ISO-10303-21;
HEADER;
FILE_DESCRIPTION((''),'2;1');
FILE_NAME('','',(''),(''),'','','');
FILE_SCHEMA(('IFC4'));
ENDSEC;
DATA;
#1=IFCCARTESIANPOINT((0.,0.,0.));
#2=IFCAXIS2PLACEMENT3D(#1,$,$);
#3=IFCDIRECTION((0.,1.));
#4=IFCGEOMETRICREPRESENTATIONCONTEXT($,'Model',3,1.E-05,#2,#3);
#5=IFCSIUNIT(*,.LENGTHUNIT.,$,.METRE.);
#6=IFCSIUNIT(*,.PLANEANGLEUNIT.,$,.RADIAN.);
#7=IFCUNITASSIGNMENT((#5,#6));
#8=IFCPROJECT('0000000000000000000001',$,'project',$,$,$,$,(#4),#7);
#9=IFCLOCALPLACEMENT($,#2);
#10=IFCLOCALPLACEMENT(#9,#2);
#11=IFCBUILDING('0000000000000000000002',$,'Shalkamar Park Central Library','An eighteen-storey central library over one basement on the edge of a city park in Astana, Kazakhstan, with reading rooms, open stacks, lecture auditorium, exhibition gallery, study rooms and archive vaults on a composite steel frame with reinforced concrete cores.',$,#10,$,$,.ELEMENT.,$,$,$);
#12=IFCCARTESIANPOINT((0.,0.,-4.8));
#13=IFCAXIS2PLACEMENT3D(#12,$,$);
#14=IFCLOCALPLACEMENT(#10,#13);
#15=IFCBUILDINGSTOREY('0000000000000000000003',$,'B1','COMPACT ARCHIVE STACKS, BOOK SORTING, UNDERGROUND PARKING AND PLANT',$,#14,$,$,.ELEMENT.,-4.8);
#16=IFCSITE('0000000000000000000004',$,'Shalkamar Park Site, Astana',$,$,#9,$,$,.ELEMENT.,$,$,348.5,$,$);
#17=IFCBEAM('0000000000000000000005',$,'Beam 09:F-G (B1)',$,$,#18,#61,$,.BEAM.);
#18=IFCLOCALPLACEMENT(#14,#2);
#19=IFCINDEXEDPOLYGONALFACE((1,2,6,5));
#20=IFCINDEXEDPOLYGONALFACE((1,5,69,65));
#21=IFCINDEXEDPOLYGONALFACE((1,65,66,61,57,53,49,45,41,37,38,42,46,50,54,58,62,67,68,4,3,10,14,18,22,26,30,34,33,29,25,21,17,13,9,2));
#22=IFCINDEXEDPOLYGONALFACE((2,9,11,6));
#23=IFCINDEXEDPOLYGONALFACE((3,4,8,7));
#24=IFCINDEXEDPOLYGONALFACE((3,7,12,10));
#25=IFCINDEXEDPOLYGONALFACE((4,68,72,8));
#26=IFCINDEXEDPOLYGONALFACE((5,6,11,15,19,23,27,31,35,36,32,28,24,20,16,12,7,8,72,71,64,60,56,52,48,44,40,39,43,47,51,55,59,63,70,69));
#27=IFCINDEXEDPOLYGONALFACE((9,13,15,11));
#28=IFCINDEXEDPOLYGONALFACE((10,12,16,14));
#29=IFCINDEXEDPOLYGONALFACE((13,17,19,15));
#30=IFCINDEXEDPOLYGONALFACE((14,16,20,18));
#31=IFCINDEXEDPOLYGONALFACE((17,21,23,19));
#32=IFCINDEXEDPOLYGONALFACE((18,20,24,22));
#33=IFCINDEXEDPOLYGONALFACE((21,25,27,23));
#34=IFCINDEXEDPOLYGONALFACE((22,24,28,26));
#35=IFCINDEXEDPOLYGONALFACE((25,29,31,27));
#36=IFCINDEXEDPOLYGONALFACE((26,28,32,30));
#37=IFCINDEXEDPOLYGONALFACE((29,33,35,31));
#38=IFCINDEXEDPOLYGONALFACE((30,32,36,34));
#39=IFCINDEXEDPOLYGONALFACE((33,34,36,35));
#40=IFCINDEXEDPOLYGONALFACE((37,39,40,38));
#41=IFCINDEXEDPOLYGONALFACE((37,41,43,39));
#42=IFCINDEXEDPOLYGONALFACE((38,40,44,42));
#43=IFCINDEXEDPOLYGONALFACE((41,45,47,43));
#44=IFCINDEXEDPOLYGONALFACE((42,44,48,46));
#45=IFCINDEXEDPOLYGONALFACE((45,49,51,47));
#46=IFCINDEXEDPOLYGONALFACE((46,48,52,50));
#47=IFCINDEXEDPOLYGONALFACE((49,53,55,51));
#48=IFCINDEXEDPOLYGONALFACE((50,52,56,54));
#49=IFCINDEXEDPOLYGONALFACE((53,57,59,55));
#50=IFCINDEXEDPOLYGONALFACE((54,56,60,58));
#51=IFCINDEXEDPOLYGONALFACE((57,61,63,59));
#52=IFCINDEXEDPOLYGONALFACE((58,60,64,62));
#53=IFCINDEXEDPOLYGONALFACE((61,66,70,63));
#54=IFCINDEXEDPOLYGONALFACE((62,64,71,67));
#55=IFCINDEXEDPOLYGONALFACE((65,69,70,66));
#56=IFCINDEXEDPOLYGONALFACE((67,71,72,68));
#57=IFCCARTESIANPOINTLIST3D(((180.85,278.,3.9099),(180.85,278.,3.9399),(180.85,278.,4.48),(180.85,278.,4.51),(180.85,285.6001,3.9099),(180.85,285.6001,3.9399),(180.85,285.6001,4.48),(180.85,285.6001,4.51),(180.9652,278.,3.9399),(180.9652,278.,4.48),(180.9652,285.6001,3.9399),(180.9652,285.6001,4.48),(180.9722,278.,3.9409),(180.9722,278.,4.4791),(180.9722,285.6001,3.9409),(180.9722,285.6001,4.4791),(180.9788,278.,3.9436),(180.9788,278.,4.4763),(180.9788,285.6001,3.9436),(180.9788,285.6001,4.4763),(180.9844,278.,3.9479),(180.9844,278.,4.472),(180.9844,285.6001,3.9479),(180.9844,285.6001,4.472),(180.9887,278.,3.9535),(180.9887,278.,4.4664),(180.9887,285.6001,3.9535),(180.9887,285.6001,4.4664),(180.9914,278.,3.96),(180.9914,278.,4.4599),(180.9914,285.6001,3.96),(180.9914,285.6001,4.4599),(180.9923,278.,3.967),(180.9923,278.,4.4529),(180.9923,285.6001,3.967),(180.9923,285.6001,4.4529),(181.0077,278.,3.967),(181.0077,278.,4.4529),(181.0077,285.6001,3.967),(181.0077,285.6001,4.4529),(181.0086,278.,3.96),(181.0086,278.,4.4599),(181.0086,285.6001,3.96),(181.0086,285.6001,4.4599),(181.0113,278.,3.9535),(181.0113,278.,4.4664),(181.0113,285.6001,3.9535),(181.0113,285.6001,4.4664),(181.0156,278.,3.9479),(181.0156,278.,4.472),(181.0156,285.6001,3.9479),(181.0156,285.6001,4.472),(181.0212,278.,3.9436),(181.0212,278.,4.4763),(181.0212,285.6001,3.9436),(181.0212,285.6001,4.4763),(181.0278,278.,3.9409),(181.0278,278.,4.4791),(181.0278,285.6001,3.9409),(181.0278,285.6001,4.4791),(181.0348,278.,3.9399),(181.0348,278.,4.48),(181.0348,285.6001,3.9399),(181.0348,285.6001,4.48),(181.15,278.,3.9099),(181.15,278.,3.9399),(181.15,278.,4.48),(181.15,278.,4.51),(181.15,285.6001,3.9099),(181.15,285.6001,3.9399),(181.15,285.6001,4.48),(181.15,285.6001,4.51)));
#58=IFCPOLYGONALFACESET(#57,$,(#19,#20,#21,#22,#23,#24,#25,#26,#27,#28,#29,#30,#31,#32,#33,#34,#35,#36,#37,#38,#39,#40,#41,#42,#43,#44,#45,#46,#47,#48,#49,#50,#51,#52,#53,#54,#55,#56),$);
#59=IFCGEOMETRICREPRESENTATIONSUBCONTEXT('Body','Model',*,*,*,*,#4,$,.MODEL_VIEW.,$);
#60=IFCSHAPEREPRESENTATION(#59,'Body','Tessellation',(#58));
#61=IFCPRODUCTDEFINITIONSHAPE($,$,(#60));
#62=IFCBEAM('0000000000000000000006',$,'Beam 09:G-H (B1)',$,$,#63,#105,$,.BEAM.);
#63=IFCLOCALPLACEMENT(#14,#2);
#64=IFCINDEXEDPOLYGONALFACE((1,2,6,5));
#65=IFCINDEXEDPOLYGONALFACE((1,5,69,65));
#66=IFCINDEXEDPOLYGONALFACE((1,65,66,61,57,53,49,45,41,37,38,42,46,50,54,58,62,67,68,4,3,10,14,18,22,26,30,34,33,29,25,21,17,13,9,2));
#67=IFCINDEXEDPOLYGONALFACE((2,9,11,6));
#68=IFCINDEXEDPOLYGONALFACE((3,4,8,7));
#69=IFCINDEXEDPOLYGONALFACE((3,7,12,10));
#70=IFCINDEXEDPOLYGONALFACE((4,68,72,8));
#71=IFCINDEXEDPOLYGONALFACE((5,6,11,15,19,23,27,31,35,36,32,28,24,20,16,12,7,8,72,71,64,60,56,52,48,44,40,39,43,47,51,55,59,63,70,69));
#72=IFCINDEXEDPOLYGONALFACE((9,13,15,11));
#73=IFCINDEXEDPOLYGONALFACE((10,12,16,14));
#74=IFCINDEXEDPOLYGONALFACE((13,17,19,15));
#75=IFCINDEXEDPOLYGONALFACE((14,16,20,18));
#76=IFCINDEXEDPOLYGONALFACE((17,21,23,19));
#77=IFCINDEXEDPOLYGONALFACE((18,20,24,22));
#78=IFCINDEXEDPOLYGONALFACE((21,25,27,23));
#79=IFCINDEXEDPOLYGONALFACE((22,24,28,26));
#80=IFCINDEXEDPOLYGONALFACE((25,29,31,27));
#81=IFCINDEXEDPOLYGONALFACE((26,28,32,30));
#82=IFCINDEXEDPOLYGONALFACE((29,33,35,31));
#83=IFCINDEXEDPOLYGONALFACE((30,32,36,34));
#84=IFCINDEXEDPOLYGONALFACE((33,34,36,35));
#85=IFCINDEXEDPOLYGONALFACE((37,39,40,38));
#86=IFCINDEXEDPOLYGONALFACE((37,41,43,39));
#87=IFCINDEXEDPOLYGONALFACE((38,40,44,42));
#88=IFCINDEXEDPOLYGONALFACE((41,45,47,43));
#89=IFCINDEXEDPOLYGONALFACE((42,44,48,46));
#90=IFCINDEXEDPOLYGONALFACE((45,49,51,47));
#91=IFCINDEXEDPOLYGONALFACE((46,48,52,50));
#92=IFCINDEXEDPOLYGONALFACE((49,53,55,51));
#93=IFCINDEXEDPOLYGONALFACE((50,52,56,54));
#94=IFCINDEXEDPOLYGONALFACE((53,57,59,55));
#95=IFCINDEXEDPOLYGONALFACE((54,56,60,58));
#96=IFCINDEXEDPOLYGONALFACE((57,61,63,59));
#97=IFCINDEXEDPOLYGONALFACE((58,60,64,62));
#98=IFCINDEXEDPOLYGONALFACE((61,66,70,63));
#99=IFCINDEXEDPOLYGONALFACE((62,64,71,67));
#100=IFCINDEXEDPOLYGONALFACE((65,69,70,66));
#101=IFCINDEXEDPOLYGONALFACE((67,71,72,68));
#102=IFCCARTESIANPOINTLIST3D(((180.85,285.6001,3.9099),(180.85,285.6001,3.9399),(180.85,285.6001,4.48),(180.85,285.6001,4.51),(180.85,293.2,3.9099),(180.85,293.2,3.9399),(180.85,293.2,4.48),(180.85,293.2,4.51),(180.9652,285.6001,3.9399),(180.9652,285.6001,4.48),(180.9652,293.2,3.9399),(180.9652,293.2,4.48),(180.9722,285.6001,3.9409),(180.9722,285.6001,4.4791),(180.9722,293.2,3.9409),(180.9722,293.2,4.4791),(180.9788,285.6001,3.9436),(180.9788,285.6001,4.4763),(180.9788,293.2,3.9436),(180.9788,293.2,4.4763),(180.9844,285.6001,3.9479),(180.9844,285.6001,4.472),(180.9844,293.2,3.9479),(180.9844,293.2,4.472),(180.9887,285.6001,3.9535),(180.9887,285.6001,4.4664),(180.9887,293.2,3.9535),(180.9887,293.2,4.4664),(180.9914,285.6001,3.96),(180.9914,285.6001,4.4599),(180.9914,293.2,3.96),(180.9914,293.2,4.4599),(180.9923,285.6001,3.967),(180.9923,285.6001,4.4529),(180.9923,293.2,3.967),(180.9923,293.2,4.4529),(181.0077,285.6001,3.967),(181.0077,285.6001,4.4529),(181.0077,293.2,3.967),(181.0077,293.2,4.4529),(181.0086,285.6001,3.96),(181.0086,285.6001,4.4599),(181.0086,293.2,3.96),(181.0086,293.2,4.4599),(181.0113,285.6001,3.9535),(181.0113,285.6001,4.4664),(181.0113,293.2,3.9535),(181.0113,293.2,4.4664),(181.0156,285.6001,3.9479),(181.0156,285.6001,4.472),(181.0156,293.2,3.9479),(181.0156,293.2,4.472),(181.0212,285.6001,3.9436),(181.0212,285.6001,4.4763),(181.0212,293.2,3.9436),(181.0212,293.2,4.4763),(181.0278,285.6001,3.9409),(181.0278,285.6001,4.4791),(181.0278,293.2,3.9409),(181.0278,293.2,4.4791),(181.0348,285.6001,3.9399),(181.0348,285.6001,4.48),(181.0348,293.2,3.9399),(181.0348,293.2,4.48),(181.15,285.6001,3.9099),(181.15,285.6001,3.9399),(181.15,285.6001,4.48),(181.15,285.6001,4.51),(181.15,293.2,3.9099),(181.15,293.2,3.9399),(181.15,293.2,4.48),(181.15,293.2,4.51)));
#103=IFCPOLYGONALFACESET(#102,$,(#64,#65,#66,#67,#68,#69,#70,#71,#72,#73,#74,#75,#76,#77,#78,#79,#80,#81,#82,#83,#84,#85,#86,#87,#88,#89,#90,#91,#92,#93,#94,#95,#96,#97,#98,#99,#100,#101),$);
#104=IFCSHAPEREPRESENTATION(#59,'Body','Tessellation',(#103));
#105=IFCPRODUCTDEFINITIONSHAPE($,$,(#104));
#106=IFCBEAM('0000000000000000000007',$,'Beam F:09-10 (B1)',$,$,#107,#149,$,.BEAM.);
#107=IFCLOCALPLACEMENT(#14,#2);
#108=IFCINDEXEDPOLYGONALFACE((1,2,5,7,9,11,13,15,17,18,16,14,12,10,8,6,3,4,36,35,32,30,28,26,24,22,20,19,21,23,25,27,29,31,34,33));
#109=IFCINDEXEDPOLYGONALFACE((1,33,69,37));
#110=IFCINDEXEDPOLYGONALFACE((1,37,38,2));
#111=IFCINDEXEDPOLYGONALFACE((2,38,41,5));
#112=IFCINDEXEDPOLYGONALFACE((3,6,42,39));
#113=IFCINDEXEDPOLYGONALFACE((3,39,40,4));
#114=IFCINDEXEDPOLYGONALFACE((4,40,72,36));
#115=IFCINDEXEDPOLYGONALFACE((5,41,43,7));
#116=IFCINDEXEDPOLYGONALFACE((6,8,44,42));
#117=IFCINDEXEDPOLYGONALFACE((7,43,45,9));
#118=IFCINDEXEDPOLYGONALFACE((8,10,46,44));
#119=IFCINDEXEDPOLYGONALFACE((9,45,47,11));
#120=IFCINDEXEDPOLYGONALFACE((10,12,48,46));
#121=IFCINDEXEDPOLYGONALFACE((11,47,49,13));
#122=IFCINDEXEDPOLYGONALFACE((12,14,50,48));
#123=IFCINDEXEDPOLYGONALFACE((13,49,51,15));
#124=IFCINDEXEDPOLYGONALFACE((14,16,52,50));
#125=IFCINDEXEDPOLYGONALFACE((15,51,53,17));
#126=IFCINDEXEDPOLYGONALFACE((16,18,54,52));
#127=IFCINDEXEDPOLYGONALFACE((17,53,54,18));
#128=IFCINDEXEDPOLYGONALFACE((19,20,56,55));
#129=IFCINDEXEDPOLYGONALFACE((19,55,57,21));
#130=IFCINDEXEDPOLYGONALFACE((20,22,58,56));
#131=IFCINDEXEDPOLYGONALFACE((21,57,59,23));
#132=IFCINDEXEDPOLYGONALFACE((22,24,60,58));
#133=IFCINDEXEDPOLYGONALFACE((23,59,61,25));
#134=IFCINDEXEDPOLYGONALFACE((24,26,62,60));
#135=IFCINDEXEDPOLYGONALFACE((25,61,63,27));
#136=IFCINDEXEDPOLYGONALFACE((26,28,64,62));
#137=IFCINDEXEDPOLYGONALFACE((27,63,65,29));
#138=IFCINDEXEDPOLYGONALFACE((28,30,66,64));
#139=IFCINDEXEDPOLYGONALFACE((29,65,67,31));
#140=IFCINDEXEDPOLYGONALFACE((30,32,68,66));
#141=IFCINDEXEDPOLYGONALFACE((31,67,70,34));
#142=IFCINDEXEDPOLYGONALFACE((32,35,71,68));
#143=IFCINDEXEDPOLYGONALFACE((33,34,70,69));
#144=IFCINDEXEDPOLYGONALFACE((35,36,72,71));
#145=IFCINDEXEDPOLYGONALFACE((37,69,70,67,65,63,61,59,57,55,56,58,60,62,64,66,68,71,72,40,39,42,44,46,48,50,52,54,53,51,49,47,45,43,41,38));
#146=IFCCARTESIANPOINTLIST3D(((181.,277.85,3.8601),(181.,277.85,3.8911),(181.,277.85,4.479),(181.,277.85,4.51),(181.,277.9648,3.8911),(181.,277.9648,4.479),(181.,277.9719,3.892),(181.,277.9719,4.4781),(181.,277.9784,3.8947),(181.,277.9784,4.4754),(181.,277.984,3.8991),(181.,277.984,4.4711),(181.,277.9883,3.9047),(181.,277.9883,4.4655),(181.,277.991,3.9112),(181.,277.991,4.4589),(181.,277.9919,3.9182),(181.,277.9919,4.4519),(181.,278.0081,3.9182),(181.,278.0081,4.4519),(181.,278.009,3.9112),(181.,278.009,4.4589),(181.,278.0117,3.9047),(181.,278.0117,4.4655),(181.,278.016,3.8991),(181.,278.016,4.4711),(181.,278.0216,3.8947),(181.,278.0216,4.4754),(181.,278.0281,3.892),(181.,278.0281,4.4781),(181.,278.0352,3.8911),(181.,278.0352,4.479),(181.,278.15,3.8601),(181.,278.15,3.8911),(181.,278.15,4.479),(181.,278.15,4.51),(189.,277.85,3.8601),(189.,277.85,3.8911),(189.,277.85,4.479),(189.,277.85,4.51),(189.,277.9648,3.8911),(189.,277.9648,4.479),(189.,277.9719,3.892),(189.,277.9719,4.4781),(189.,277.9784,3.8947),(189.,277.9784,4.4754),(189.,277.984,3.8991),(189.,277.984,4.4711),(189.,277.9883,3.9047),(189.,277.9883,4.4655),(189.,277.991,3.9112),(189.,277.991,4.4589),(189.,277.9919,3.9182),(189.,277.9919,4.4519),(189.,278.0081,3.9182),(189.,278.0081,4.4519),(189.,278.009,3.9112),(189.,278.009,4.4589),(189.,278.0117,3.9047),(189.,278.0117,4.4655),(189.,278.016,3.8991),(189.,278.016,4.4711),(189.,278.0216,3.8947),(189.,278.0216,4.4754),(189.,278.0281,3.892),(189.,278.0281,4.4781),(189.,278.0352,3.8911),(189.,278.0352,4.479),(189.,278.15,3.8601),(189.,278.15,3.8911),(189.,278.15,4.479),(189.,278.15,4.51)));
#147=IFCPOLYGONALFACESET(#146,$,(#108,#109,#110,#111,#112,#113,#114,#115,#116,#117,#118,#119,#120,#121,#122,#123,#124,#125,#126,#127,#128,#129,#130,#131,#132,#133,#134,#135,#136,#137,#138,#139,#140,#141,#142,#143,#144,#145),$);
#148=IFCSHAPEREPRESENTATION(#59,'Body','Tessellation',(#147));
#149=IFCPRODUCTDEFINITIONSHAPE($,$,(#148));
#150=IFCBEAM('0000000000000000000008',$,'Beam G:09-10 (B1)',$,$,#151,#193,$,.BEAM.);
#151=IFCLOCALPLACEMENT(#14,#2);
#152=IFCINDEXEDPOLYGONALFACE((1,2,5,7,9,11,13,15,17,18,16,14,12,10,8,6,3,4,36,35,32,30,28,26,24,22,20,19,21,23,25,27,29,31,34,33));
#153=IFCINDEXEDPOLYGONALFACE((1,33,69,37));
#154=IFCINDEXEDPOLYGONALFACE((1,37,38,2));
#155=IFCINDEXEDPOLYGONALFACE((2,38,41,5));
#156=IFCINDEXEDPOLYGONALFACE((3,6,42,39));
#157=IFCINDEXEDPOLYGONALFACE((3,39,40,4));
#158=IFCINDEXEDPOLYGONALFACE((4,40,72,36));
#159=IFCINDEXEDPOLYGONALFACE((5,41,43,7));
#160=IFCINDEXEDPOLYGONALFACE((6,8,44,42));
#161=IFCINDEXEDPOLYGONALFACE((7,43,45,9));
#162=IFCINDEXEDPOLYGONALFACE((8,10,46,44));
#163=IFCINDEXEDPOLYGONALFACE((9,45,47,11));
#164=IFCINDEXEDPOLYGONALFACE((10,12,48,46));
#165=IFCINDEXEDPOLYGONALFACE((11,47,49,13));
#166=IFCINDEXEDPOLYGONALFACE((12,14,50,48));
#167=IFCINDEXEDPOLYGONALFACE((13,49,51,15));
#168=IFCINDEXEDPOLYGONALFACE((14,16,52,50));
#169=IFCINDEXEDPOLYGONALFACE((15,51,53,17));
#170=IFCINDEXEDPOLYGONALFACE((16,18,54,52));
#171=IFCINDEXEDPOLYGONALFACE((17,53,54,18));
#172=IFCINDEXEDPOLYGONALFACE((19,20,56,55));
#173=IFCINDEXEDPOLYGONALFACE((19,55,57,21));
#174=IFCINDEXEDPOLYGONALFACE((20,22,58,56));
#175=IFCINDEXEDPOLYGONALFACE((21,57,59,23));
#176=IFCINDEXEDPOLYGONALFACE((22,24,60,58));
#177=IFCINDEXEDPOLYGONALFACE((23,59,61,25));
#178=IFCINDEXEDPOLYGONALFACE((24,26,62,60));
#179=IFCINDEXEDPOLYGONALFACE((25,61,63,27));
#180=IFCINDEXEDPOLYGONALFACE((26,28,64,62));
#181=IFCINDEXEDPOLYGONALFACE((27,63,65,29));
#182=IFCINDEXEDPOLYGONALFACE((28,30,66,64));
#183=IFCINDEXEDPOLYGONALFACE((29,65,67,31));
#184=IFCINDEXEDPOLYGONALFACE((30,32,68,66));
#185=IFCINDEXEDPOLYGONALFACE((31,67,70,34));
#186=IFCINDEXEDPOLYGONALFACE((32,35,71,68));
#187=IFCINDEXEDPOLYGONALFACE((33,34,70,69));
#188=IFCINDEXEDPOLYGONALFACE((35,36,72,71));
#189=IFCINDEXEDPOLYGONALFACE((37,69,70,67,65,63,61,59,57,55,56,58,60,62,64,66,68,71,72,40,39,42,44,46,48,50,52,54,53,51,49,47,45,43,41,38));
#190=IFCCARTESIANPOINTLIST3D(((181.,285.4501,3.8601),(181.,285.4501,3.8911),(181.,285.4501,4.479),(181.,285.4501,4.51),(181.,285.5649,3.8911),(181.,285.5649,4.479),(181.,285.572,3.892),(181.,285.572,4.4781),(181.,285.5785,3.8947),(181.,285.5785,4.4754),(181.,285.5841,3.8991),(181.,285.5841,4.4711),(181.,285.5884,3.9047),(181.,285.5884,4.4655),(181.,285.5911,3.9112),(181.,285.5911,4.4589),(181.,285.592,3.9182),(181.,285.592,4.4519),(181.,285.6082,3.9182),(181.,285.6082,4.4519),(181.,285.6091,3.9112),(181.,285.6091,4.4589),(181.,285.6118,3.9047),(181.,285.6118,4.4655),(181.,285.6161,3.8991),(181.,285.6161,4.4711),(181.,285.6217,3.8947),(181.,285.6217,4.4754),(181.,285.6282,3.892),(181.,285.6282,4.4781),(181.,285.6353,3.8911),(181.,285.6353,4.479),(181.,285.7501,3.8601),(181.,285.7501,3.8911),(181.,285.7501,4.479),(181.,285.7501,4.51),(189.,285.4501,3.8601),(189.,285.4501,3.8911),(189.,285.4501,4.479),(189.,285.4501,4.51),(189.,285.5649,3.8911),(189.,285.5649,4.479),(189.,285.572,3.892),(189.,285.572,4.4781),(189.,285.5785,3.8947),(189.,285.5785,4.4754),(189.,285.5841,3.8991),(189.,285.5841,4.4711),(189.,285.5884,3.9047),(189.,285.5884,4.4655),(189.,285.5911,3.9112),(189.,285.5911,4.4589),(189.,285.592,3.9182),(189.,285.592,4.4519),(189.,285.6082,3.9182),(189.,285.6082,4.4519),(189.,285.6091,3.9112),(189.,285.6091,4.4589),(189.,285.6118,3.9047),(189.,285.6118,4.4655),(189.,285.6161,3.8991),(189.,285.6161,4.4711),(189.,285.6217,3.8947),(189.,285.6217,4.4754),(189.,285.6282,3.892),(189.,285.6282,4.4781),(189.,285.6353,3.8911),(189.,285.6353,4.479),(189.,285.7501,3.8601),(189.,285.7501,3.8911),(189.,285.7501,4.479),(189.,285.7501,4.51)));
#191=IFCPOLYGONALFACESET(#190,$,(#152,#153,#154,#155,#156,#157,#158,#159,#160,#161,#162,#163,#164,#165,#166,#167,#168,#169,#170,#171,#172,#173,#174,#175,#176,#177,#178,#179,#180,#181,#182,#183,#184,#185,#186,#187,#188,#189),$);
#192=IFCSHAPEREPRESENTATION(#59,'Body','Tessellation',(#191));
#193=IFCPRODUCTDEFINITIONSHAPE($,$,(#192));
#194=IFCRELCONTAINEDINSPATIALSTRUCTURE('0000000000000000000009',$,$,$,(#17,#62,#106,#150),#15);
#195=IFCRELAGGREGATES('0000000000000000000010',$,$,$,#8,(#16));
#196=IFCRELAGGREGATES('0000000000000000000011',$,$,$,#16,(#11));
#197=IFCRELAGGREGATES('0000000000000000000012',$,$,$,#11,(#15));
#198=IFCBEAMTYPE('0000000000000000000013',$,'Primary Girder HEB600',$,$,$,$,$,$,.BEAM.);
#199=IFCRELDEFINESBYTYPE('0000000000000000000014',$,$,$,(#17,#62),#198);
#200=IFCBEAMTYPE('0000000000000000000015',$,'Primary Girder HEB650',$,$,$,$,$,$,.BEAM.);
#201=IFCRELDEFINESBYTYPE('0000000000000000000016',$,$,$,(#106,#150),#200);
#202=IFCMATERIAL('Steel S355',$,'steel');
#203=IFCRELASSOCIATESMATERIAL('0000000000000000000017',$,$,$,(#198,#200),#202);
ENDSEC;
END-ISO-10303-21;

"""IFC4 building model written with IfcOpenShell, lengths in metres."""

from ifc_helpers import new_model, si_unit, direction, frame, origin, origin_2d, place, context, subcontext, project, spatial, i_section, extrude, material, material_profile, profile_set, type_object, element, save


model = new_model("IFC4")

# Units and contexts
model_context = context("Model", 3, precision=1e-05, world=origin(), true_north=direction((0.0, 1.0)))
body_context = subcontext(model_context, "Body", "Model", "MODEL_VIEW")
ifc_project = project(units=[si_unit("LENGTHUNIT", "METRE"), si_unit("PLANEANGLEUNIT", "RADIAN")], contexts=[model_context])

# Site, building, storey
site_placement = place(None, origin())
site = spatial("IfcSite", under=ifc_project, at=site_placement, Name="Shalkamar Park Site, Astana", CompositionType="ELEMENT", RefElevation=348.5)
building_placement = place(site_placement, origin())
building = spatial("IfcBuilding", under=site, at=building_placement, Name="Shalkamar Park Central Library", Description="An eighteen-storey central library over one basement on the edge of a city park in Astana, Kazakhstan, with reading rooms, open stacks, lecture auditorium, exhibition gallery, study rooms and archive vaults on a composite steel frame with reinforced concrete cores.", CompositionType="ELEMENT")
storey_placement = place(building_placement, frame((0.0, 0.0, -4.8)))
storey = spatial("IfcBuildingStorey", under=building, at=storey_placement, Name="B1", Description="COMPACT ARCHIVE STACKS, BOOK SORTING, UNDERGROUND PARKING AND PLANT", CompositionType="ELEMENT", Elevation=-4.8)

# Shared definitions
ifc_material_1 = material(Name="Steel S355", Category="steel")

# Beams
ifc_material_profile_1 = material_profile(ifc_material_1, i_section(OverallWidth=0.3, OverallDepth=0.6001, WebThickness=0.0154, FlangeThickness=0.03, FilletRadius=0.0271, at=origin_2d()), Name="HEB 600")
ifc_profile_set_1 = profile_set([ifc_material_profile_1], Name="Steel S355")
beam_type_1 = type_object("IfcBeamType", Name="Primary Girder HEB600", PredefinedType="BEAM", material=ifc_profile_set_1)
beam_1_placement = place(storey_placement, frame((181.0, 278.0, 4.21), z_axis=(0.0, 1.0, 0.0), x_axis=(-1.0, 0.0, 0.0)))
element("IfcBeam", 1, at=beam_1_placement, inside=storey, type_object=beam_type_1, Name="Beam 09:F-G (B1)", PredefinedType="BEAM", context=body_context, shape_type="SweptSolid", body=[
    extrude(i_section(OverallWidth=0.3, OverallDepth=0.6001, WebThickness=0.0154, FlangeThickness=0.03, FilletRadius=0.0271, at=origin_2d()), origin(), (0.0, 0.0, 1.0), 7.6001),
])
beam_2_placement = place(storey_placement, frame((181.0, 285.6001, 4.21), z_axis=(0.0, 1.0, 0.0), x_axis=(-1.0, 0.0, 0.0)))
element("IfcBeam", 2, at=beam_2_placement, inside=storey, type_object=beam_type_1, Name="Beam 09:G-H (B1)", PredefinedType="BEAM", context=body_context, shape_type="SweptSolid", body=[
    extrude(i_section(OverallWidth=0.3, OverallDepth=0.6001, WebThickness=0.0154, FlangeThickness=0.03, FilletRadius=0.0271, at=origin_2d()), origin(), (0.0, 0.0, 1.0), 7.5999),
])
ifc_material_profile_2 = material_profile(ifc_material_1, i_section(OverallWidth=0.3, OverallDepth=0.6499, WebThickness=0.0161, FlangeThickness=0.031, FilletRadius=0.0271, at=origin_2d()), Name="HEB 650")
ifc_profile_set_2 = profile_set([ifc_material_profile_2], Name="Steel S355")
beam_type_2 = type_object("IfcBeamType", Name="Primary Girder HEB650", PredefinedType="BEAM", material=ifc_profile_set_2)
for number, where, z_axis, x_axis, name in (
    (3, (181.0, 278.0, 4.1851), (1.0, 0.0, 0.0), (0.0, 1.0, 0.0), "Beam F:09-10 (B1)"),
    (4, (181.0, 285.6001, 4.1851), (1.0, 0.0, 0.0), (0.0, 1.0, 0.0), "Beam G:09-10 (B1)"),
):
    element("IfcBeam", number, at=place(storey_placement, frame(where, z_axis=z_axis, x_axis=x_axis)), inside=storey, type_object=beam_type_2, Name=name, PredefinedType="BEAM", context=body_context, shape_type="SweptSolid", body=[
        extrude(i_section(OverallWidth=0.3, OverallDepth=0.6499, WebThickness=0.0161, FlangeThickness=0.031, FilletRadius=0.0271, at=origin_2d()), origin(), (0.0, 0.0, 1.0), 8.0),
    ])

save(model, "model.ifc")
